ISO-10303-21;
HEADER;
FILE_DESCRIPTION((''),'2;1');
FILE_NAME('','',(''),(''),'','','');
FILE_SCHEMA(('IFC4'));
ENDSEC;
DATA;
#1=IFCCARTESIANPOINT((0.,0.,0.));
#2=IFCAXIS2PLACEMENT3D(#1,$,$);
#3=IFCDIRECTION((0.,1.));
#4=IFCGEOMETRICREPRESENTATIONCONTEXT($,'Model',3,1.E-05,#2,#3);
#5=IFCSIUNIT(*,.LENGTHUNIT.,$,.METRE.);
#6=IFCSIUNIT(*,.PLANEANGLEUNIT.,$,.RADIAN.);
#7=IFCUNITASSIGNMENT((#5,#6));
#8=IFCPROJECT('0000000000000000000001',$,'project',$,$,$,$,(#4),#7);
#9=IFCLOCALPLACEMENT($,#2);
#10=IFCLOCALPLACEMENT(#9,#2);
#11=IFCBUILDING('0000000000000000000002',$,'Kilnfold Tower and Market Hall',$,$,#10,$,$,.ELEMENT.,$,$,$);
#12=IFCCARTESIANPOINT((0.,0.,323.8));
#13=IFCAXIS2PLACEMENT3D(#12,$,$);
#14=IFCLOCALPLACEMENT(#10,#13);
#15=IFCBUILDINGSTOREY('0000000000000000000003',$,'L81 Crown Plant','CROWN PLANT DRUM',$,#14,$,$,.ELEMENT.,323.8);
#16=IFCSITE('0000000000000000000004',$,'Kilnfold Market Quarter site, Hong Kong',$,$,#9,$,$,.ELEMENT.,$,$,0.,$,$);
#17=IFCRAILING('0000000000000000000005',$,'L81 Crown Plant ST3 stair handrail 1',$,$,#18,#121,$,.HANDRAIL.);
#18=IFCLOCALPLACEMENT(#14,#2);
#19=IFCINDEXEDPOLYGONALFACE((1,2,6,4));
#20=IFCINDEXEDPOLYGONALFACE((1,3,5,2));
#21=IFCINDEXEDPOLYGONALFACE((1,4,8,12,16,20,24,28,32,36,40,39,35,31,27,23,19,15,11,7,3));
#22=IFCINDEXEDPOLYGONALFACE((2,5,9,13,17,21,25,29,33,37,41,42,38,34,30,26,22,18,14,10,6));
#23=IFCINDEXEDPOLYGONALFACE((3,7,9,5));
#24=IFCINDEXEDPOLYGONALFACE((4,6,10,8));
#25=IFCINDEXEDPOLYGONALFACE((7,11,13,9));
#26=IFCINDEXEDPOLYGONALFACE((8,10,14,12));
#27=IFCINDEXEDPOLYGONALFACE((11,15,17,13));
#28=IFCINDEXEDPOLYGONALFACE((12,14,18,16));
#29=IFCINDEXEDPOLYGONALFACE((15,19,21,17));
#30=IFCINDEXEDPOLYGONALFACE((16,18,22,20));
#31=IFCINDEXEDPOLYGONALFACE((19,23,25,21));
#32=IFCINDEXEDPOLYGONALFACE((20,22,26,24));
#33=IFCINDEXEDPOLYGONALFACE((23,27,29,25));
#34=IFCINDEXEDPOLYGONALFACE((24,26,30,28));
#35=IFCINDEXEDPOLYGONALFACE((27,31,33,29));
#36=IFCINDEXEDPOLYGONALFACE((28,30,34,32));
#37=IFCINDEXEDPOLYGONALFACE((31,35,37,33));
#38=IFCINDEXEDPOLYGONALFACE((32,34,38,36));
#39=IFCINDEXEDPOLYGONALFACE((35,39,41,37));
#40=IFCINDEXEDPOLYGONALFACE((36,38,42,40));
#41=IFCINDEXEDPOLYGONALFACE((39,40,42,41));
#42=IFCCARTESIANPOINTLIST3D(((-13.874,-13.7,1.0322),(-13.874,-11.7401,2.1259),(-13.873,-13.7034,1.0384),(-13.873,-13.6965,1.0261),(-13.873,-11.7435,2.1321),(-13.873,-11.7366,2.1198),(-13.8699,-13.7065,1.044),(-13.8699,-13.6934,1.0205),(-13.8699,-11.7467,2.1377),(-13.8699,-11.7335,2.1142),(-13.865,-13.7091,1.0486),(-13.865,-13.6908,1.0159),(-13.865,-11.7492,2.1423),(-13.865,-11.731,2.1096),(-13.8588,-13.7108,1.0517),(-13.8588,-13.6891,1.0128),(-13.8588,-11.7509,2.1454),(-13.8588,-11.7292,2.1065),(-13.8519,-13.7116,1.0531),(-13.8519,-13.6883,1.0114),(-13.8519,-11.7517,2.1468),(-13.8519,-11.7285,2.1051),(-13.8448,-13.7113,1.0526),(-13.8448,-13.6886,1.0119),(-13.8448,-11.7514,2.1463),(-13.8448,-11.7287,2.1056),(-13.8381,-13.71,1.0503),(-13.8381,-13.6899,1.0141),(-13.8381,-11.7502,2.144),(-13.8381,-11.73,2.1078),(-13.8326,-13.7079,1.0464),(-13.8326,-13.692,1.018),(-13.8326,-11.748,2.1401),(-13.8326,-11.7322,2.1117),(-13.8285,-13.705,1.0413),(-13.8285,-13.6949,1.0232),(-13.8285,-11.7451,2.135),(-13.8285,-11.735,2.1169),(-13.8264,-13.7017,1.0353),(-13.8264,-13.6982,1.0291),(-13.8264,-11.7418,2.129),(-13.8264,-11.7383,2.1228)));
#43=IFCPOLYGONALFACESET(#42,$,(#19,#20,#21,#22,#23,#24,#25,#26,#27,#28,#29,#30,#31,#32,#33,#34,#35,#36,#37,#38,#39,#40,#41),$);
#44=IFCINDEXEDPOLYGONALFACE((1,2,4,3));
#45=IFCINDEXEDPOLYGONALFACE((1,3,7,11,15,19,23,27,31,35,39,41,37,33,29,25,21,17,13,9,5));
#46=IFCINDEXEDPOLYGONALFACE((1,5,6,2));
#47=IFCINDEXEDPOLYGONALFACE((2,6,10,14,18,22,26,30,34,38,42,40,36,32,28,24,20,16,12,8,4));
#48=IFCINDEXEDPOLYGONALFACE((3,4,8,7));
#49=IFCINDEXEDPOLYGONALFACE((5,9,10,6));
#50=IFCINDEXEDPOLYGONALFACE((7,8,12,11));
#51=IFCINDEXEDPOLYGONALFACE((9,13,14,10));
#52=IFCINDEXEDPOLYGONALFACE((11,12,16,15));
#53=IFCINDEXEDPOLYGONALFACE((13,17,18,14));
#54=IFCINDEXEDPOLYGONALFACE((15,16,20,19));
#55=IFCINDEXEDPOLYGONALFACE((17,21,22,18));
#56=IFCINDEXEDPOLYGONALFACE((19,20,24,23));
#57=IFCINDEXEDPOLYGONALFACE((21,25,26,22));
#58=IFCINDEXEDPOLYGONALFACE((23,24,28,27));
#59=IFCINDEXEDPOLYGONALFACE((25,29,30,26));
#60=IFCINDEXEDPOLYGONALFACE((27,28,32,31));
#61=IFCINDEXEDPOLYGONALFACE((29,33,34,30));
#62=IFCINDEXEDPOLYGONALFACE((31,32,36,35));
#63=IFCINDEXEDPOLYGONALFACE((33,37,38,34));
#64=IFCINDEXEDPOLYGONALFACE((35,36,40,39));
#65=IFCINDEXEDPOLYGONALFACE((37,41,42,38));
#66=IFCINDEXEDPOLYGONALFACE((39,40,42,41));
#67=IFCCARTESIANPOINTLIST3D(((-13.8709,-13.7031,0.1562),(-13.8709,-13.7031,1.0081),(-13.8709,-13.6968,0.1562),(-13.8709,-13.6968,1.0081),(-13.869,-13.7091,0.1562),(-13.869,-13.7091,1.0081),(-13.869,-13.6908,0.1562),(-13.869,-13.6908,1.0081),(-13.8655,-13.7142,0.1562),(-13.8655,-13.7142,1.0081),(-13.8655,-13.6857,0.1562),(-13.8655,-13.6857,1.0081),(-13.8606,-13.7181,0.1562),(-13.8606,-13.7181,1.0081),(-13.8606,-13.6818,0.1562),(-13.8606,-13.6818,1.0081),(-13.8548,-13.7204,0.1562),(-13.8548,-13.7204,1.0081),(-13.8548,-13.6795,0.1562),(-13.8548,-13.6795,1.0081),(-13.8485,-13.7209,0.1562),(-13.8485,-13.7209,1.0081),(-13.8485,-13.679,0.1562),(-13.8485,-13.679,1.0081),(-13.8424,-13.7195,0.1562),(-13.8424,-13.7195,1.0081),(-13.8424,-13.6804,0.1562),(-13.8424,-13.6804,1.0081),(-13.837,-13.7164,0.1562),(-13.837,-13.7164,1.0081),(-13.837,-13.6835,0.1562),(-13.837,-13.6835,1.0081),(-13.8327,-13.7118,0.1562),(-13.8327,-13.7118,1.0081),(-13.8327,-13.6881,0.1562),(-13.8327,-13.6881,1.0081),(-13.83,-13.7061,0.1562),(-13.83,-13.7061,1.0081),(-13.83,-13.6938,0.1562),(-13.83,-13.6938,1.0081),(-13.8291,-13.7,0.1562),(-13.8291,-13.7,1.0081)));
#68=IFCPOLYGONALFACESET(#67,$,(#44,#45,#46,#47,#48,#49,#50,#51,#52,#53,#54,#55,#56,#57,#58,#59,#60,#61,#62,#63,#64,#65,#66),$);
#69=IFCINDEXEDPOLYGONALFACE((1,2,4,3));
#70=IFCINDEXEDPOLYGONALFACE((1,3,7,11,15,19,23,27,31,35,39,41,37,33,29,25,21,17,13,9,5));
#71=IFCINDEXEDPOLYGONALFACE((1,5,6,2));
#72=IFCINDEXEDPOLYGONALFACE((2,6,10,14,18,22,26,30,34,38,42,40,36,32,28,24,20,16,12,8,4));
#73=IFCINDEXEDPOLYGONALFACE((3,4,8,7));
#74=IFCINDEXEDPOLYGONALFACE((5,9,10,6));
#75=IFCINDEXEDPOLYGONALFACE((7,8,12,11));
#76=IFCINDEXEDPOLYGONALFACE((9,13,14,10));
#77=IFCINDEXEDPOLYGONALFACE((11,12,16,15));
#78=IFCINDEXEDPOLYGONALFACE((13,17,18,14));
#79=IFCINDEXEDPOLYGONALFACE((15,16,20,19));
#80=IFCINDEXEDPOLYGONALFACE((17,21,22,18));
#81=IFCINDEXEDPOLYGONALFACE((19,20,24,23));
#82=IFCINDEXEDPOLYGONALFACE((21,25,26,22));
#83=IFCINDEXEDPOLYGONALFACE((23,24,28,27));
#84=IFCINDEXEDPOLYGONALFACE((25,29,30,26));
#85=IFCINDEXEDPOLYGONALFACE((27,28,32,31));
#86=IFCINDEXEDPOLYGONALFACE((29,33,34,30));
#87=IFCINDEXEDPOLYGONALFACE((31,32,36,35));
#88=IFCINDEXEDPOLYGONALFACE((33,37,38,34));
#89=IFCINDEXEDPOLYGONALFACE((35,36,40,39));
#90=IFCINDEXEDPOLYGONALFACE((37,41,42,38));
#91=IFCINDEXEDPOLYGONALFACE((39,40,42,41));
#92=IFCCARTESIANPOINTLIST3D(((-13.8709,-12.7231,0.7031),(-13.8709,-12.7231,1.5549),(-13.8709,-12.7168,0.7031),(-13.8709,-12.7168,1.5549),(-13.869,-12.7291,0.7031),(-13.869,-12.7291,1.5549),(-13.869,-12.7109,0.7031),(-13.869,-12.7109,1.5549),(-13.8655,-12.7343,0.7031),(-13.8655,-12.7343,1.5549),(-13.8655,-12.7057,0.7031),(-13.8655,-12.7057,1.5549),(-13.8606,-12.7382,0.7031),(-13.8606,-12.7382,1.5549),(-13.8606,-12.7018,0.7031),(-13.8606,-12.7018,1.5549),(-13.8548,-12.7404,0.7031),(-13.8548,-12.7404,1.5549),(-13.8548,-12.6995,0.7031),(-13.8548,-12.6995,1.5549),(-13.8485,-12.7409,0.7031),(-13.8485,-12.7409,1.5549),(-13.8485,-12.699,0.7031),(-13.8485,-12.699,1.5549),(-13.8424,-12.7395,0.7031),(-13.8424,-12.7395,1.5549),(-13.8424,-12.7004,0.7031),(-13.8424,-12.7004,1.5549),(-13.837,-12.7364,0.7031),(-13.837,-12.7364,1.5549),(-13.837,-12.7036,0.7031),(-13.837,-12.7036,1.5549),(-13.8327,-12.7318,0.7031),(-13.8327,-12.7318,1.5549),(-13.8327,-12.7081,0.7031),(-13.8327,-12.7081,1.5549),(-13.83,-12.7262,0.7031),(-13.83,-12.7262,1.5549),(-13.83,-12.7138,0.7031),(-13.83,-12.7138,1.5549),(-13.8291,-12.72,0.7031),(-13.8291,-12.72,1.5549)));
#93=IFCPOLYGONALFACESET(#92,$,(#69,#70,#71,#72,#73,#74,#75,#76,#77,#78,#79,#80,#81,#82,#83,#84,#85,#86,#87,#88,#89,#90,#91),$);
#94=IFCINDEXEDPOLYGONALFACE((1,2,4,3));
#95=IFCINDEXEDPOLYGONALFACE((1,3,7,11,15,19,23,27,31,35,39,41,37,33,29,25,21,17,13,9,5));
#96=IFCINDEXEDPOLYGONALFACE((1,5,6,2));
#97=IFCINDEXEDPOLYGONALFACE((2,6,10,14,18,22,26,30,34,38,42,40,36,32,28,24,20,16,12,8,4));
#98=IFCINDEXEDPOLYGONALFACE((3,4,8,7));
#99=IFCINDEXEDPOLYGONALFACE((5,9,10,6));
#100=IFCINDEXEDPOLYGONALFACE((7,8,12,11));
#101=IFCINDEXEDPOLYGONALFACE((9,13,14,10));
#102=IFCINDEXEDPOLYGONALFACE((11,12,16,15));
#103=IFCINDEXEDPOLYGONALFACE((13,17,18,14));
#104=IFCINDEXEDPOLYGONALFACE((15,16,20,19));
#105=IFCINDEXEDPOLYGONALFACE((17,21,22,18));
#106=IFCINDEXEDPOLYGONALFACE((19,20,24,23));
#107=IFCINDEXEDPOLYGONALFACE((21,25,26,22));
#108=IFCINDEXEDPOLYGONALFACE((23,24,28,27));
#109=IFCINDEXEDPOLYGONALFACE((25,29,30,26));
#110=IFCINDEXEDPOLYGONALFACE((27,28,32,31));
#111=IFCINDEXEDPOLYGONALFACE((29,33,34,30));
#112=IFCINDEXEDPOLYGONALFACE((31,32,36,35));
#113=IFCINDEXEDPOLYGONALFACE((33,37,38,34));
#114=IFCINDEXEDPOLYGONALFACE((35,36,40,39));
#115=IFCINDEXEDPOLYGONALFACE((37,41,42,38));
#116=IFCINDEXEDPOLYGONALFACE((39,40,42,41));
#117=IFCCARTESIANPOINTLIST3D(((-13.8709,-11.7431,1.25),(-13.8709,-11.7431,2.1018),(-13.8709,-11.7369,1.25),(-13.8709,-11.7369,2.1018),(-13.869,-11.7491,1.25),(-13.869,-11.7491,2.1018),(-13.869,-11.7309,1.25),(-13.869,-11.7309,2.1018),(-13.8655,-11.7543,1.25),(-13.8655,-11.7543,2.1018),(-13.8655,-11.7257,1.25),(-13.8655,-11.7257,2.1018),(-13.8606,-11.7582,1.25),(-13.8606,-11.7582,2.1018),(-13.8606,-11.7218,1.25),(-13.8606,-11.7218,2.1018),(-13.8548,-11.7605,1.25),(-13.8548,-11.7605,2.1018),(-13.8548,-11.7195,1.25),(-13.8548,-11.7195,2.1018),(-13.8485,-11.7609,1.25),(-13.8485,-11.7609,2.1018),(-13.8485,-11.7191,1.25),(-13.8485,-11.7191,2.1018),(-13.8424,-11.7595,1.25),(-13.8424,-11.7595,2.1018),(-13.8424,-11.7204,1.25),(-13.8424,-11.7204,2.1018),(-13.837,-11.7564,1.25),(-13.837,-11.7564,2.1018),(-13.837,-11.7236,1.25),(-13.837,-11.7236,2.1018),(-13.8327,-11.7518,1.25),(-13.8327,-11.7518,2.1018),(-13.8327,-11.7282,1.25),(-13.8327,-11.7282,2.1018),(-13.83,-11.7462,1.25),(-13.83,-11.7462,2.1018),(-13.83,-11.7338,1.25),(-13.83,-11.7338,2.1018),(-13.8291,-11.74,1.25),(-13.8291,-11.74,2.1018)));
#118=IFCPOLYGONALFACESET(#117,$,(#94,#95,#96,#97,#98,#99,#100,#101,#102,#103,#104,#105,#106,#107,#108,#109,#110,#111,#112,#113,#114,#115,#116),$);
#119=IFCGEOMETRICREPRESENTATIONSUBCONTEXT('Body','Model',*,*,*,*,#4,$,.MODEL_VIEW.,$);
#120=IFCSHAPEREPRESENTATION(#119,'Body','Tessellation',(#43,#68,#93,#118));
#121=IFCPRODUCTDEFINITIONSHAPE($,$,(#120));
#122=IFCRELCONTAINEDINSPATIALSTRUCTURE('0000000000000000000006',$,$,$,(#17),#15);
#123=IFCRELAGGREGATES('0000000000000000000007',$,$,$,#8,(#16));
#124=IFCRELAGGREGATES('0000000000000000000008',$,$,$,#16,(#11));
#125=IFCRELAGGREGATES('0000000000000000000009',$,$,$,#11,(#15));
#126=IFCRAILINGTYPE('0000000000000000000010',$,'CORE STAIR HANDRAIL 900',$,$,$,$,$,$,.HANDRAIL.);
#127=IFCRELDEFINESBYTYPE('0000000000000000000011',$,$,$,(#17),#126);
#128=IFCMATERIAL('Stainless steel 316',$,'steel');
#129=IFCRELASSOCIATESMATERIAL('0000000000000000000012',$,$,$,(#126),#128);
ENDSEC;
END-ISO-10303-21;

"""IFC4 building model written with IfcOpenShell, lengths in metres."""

from ifc_helpers import new_model, si_unit, direction, frame, origin, origin_2d, place, context, subcontext, project, spatial, circle, extrude, material, type_object, element, save


model = new_model("IFC4")

# Units and contexts
model_context = context("Model", 3, precision=1e-05, world=origin(), true_north=direction((0.0, 1.0)))
body_context = subcontext(model_context, "Body", "Model", "MODEL_VIEW")
ifc_project = project(units=[si_unit("LENGTHUNIT", "METRE"), si_unit("PLANEANGLEUNIT", "RADIAN")], contexts=[model_context])

# Site, building, storey
site_placement = place(None, origin())
site = spatial("IfcSite", under=ifc_project, at=site_placement, Name="Kilnfold Market Quarter site, Hong Kong", CompositionType="ELEMENT", RefElevation=0.0)
building_placement = place(site_placement, origin())
building = spatial("IfcBuilding", under=site, at=building_placement, Name="Kilnfold Tower and Market Hall", CompositionType="ELEMENT")
storey_placement = place(building_placement, frame((0.0, 0.0, 323.8)))
storey = spatial("IfcBuildingStorey", under=building, at=storey_placement, Name="L81 Crown Plant", Description="CROWN PLANT DRUM", CompositionType="ELEMENT", Elevation=323.8)

# Railing
ifc_material_1 = material(Name="Stainless steel 316", Category="steel")
railing_type_1 = type_object("IfcRailingType", Name="CORE STAIR HANDRAIL 900", PredefinedType="HANDRAIL", material=ifc_material_1)
railing_1_placement = place(storey_placement, frame((-13.8501, -13.7, 0.1562)))
element("IfcRailing", 1, at=railing_1_placement, inside=storey, type_object=railing_type_1, Name="L81 Crown Plant ST3 stair handrail 1", PredefinedType="HANDRAIL", context=body_context, shape_type="SweptSolid", body=[
    extrude(circle(Radius=0.0239, at=origin_2d()), frame((0.0, 0.0, 0.876), z_axis=(0.0, 0.873232, 0.487304), x_axis=(-1.0, 0.0, 0.0)), (0.0, 0.0, 1.0), 2.2444),
    extrude(circle(Radius=0.021, at=origin_2d()), origin(), (0.0, 0.0, 1.0), 0.8518),
    extrude(circle(Radius=0.021, at=origin_2d()), frame((0.0, 0.98, 0.5469)), (0.0, 0.0, 1.0), 0.8518),
    extrude(circle(Radius=0.021, at=origin_2d()), frame((0.0, 1.96, 1.0938)), (0.0, 0.0, 1.0), 0.8518),
])

save(model, "model.ifc")
